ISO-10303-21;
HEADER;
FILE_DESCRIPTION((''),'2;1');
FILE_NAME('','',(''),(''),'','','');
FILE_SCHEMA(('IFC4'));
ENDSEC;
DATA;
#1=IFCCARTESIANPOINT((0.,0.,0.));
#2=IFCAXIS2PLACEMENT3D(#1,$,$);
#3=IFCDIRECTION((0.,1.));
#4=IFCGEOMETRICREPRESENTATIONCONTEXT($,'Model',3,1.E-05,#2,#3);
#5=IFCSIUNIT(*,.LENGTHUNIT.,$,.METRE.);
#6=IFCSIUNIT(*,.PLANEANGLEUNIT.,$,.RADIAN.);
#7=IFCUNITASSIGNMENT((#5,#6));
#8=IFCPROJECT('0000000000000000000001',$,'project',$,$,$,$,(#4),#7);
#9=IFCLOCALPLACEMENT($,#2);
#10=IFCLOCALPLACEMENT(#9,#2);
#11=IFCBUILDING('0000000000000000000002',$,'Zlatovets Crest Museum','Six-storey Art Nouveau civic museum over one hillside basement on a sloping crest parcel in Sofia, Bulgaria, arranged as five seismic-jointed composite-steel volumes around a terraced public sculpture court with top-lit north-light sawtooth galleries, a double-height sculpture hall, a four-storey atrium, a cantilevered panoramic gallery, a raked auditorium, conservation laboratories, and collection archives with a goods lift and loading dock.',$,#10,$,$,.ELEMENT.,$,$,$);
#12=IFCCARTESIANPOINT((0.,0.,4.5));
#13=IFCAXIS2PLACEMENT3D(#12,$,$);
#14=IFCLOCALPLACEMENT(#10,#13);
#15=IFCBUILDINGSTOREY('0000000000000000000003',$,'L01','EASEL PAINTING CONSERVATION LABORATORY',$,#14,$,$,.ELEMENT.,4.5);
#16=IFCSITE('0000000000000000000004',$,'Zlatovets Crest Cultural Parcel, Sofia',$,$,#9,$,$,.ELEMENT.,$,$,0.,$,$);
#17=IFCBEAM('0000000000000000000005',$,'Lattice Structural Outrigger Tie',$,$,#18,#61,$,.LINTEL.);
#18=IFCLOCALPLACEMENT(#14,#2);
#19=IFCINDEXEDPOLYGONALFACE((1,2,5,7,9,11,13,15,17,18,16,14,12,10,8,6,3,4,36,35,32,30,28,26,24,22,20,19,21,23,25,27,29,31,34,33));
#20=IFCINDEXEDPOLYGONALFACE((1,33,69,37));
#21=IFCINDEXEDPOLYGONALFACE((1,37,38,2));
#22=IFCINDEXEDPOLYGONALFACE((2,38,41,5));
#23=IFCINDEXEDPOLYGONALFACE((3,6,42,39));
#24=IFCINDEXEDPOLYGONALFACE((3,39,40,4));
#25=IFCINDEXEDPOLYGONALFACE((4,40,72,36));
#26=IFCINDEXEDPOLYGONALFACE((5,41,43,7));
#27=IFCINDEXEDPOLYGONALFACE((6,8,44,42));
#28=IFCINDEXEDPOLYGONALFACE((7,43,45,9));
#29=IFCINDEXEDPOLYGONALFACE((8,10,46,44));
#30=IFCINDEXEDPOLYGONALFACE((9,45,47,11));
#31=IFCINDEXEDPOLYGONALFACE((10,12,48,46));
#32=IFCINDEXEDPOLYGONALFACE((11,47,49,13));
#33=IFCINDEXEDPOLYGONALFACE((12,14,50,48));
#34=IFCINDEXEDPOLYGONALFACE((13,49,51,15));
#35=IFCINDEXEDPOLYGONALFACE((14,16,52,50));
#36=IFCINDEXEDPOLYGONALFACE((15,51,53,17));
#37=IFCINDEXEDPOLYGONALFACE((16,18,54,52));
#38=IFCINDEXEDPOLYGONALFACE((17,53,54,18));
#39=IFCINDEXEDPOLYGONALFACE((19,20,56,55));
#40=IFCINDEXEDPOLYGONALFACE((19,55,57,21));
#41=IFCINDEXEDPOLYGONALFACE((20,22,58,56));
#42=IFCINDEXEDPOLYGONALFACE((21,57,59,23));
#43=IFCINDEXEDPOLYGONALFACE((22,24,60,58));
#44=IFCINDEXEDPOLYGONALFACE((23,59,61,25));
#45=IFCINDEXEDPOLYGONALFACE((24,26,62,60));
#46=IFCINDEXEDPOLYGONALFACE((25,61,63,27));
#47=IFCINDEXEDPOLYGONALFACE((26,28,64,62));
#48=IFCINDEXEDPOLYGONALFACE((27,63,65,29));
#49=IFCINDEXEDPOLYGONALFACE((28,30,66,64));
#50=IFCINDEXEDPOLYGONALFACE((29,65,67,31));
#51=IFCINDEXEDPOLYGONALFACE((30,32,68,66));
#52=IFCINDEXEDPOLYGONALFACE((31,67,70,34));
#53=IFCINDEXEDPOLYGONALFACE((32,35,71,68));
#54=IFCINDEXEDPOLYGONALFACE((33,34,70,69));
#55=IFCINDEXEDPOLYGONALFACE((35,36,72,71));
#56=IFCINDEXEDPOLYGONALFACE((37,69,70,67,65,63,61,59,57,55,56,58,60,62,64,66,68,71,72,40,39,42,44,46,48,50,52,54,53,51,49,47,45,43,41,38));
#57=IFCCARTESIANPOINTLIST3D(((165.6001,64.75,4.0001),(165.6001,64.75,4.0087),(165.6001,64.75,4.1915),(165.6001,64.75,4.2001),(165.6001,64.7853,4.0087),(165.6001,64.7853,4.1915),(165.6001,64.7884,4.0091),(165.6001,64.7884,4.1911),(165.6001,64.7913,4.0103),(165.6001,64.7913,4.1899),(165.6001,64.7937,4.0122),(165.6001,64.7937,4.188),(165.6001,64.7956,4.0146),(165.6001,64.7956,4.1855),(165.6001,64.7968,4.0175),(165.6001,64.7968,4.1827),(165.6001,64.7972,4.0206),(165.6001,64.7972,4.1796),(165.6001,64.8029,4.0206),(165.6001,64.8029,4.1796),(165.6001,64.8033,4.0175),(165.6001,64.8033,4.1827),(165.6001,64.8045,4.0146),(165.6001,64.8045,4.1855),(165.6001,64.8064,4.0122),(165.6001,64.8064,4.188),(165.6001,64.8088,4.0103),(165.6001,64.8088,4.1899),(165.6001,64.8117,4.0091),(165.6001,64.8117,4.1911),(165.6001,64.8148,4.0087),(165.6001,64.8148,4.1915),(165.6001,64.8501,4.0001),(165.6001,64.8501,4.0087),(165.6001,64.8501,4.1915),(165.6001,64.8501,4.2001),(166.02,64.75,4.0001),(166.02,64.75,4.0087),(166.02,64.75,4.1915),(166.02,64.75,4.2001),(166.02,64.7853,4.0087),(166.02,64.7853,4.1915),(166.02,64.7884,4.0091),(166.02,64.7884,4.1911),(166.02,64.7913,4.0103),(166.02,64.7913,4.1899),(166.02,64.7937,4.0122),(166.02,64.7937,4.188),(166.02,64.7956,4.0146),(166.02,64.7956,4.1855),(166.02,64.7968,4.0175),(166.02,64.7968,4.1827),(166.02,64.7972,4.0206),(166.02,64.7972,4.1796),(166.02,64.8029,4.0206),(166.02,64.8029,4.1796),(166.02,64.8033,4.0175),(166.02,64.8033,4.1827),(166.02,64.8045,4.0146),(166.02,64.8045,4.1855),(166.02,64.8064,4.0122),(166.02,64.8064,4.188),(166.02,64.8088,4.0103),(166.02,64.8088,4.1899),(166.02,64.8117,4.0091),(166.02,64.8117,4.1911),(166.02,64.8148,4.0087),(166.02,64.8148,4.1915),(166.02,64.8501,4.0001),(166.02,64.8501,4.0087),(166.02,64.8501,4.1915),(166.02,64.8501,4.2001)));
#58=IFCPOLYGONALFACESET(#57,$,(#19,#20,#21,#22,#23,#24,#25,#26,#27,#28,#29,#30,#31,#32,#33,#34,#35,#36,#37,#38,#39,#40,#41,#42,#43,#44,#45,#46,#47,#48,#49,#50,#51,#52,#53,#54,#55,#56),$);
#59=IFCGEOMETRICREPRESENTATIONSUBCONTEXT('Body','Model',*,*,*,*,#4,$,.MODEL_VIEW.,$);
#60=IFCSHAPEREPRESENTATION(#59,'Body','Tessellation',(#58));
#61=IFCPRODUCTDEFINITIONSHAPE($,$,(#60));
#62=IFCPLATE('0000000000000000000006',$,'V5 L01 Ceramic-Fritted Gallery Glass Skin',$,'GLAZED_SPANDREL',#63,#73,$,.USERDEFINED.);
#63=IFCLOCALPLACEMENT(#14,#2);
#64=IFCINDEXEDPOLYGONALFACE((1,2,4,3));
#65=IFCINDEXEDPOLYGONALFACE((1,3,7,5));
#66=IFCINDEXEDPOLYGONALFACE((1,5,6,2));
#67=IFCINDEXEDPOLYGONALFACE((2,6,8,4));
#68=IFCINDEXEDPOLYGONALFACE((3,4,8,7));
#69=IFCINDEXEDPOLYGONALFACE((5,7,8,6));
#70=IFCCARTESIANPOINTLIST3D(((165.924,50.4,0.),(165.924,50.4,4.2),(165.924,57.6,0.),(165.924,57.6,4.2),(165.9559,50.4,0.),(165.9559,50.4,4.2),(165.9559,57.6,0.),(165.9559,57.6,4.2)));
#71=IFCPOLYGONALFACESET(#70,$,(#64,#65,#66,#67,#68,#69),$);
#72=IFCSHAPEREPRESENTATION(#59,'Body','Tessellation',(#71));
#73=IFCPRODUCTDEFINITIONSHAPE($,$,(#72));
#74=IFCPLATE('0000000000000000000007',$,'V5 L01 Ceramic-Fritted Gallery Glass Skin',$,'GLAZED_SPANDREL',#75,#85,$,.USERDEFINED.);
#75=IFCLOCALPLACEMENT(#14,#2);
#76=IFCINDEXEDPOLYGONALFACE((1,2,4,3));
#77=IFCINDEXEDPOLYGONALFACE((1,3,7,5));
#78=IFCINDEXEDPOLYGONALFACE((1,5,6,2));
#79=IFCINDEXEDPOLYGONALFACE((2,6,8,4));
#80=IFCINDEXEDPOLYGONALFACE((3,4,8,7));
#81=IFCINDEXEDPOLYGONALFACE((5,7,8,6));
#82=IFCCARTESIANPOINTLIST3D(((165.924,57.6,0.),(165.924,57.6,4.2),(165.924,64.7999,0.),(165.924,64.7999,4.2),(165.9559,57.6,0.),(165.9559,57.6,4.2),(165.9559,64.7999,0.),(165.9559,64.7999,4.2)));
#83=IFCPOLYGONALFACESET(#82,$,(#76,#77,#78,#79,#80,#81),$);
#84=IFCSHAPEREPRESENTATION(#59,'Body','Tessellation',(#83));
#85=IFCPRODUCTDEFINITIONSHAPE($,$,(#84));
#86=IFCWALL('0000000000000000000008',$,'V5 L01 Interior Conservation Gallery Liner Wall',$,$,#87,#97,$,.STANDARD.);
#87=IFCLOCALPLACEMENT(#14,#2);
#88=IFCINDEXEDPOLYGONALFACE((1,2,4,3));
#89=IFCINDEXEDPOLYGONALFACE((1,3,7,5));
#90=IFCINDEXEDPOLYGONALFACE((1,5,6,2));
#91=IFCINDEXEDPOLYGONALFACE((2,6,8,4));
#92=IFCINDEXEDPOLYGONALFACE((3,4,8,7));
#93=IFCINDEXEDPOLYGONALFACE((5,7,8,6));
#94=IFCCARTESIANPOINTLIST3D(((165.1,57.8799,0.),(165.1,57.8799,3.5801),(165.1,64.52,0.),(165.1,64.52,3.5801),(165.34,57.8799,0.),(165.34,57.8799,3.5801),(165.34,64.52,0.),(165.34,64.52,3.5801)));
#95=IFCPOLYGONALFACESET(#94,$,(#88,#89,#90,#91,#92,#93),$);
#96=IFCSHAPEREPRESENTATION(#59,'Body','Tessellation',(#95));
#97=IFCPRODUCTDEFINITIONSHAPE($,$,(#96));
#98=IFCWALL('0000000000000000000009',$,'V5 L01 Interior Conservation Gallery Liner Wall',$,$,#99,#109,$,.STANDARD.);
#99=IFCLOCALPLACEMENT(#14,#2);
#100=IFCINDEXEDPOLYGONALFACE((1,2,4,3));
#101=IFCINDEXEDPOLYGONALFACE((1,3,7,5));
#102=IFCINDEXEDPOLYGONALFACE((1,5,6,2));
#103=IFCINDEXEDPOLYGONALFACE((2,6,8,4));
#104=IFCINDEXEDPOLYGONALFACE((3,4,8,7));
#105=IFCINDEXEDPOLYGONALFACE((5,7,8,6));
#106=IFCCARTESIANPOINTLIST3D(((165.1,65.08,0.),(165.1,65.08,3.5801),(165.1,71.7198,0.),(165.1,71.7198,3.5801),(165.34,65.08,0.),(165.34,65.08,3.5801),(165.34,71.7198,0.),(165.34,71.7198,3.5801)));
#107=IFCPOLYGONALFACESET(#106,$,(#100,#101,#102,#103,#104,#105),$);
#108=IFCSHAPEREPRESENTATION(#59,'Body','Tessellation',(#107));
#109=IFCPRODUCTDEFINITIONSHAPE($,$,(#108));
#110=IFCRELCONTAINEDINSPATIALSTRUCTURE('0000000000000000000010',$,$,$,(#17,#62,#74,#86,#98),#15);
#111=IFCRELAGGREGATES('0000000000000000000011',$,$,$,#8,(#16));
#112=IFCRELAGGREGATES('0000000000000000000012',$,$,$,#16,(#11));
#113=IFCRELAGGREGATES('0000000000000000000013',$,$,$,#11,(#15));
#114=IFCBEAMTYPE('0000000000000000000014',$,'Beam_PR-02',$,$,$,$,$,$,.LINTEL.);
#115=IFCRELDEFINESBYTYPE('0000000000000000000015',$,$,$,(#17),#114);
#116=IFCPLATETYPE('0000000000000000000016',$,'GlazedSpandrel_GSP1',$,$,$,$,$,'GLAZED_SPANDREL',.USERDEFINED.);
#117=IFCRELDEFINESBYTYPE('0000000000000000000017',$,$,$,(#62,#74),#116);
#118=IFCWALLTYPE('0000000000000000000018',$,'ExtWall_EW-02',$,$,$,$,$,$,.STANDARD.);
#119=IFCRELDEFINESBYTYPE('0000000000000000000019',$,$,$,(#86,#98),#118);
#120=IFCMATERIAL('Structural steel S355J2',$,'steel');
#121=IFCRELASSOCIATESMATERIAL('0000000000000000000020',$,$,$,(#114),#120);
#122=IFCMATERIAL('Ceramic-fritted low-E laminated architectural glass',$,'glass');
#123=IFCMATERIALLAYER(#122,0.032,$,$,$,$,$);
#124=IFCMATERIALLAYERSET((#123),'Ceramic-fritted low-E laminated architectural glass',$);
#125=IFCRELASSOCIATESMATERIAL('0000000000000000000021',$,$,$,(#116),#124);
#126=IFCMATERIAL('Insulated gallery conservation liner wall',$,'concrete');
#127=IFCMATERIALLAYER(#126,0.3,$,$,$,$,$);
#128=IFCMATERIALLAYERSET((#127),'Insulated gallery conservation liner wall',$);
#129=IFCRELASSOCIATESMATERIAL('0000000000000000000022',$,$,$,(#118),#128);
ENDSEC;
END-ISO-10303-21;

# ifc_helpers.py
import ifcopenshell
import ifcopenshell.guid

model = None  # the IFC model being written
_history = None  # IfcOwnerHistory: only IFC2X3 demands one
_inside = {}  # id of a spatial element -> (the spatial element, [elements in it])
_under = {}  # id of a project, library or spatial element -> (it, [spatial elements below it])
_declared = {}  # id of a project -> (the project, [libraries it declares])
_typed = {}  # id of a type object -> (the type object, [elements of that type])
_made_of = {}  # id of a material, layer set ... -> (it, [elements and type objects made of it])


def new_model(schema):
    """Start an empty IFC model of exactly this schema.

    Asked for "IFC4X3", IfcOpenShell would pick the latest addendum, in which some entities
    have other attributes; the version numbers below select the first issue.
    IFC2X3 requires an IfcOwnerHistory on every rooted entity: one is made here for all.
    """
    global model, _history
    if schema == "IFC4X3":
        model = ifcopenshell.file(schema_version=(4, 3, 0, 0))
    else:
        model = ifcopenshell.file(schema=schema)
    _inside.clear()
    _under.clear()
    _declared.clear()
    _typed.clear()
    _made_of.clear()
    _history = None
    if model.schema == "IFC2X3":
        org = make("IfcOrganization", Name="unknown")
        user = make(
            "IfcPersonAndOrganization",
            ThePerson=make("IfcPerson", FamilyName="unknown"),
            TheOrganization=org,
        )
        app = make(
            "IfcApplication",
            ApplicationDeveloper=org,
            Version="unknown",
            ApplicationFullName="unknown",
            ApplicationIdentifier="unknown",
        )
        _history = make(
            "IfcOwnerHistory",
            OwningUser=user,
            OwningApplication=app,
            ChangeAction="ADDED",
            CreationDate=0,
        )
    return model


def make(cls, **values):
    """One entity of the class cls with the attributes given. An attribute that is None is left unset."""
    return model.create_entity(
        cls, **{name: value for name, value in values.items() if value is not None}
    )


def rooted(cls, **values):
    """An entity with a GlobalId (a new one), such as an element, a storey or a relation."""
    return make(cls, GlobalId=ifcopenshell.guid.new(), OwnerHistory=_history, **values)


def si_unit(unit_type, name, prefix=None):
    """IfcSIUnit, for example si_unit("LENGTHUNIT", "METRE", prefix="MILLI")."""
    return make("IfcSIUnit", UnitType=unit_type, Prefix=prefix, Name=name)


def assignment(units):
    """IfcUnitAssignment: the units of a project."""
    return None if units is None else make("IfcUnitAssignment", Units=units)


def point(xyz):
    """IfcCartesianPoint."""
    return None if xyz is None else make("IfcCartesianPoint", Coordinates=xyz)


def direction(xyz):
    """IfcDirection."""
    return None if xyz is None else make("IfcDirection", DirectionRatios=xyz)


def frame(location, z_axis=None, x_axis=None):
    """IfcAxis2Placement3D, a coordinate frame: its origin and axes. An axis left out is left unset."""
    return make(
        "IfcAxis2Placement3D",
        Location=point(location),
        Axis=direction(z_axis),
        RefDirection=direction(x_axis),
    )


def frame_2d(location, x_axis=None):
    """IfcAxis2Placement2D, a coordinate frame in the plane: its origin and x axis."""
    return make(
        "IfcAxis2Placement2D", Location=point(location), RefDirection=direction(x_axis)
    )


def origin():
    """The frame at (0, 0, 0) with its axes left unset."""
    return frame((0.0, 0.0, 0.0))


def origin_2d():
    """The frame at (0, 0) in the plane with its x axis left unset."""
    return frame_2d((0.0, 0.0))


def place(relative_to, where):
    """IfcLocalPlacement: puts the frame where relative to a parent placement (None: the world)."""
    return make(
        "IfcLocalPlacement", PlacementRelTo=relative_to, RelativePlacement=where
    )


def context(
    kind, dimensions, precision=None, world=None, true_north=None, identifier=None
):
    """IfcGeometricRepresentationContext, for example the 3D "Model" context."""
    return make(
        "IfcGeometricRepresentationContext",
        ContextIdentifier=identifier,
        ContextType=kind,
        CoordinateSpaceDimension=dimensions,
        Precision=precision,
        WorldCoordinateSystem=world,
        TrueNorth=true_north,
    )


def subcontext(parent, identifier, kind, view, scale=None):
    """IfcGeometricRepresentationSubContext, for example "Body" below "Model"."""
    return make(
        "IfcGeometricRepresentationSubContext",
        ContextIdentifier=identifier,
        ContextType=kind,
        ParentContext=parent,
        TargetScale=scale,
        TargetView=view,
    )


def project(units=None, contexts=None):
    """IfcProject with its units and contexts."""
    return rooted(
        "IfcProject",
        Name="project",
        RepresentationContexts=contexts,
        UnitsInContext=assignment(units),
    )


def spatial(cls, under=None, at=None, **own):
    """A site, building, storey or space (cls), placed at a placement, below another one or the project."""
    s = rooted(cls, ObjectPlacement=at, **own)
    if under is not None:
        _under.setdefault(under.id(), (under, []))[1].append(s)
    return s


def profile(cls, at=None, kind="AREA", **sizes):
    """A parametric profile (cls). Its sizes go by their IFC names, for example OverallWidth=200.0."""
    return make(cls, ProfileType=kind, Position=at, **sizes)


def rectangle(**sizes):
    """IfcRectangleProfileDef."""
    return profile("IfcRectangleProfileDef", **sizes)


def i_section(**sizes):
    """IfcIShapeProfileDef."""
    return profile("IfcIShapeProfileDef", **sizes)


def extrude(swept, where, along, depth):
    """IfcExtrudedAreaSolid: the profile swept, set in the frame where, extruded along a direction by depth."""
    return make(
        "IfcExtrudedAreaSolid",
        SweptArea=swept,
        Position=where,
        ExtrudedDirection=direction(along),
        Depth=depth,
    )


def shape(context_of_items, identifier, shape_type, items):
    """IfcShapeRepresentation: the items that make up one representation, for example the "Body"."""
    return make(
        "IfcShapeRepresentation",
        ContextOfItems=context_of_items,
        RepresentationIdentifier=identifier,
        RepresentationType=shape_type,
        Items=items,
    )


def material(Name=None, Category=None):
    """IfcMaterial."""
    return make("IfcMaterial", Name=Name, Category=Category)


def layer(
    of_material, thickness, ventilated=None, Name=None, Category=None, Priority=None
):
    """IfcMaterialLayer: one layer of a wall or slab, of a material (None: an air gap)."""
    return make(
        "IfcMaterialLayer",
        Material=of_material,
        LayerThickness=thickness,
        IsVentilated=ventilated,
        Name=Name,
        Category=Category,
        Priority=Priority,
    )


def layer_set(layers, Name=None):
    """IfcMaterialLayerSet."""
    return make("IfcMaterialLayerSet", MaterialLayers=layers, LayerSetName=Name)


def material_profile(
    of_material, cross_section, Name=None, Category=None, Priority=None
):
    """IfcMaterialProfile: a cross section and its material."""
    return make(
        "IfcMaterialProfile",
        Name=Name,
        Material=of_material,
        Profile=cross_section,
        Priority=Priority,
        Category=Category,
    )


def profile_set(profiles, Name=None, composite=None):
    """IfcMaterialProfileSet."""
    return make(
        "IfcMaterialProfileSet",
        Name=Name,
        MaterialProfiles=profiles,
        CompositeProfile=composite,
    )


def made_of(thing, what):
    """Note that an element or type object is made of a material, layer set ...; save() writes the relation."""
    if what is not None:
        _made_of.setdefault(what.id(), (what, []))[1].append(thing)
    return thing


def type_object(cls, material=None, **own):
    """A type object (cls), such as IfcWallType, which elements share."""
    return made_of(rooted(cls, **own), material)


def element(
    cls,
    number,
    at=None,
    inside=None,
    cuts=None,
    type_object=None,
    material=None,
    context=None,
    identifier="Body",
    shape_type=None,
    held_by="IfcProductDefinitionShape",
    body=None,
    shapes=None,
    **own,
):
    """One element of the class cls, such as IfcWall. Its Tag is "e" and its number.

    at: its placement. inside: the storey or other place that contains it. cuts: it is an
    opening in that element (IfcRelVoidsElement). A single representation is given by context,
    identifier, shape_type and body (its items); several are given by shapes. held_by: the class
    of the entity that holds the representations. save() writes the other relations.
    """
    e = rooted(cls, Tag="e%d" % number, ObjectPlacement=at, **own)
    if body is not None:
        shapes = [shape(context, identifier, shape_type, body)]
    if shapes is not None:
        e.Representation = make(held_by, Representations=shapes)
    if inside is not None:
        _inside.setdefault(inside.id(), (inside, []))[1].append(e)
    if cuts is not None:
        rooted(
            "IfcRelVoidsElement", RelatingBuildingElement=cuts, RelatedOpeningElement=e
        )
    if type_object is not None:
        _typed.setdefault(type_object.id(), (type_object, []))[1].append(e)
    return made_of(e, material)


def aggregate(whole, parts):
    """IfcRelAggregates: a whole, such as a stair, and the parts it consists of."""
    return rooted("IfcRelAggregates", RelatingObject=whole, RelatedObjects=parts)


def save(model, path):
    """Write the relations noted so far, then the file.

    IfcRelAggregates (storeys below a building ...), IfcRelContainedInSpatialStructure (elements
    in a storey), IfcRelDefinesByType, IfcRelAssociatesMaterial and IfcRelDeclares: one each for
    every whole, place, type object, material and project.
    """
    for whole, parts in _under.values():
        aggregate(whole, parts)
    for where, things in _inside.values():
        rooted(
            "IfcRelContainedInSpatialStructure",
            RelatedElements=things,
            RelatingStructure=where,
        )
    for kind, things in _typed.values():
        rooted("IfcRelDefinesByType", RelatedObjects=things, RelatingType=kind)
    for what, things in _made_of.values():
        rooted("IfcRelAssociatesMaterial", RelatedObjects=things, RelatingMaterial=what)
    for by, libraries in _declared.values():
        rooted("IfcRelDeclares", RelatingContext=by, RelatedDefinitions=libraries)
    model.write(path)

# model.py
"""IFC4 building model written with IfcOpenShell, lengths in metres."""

from ifc_helpers import new_model, si_unit, direction, frame, frame_2d, origin, origin_2d, place, context, subcontext, project, spatial, rectangle, i_section, extrude, material, layer, layer_set, material_profile, profile_set, type_object, element, save


model = new_model("IFC4")

# Units and contexts
model_context = context("Model", 3, precision=1e-05, world=origin(), true_north=direction((0.0, 1.0)))
body_context = subcontext(model_context, "Body", "Model", "MODEL_VIEW")
ifc_project = project(units=[si_unit("LENGTHUNIT", "METRE"), si_unit("PLANEANGLEUNIT", "RADIAN")], contexts=[model_context])

# Site, building, storey
site_placement = place(None, origin())
site = spatial("IfcSite", under=ifc_project, at=site_placement, Name="Zlatovets Crest Cultural Parcel, Sofia", CompositionType="ELEMENT", RefElevation=0.0)
building_placement = place(site_placement, origin())
building = spatial("IfcBuilding", under=site, at=building_placement, Name="Zlatovets Crest Museum", Description="Six-storey Art Nouveau civic museum over one hillside basement on a sloping crest parcel in Sofia, Bulgaria, arranged as five seismic-jointed composite-steel volumes around a terraced public sculpture court with top-lit north-light sawtooth galleries, a double-height sculpture hall, a four-storey atrium, a cantilevered panoramic gallery, a raked auditorium, conservation laboratories, and collection archives with a goods lift and loading dock.", CompositionType="ELEMENT")
storey_placement = place(building_placement, frame((0.0, 0.0, 4.5)))
storey = spatial("IfcBuildingStorey", under=building, at=storey_placement, Name="L01", Description="EASEL PAINTING CONSERVATION LABORATORY", CompositionType="ELEMENT", Elevation=4.5)

# Shared definitions
ifc_material_1 = material(Name="Structural steel S355J2", Category="steel")

# Beam
ifc_material_profile_1 = material_profile(ifc_material_1, i_section(OverallWidth=0.1001, OverallDepth=0.2, WebThickness=0.0056, FlangeThickness=0.0085, FilletRadius=0.012, at=origin_2d()), Name="IPE 200")
ifc_profile_set_1 = profile_set([ifc_material_profile_1], Name="Structural steel S355J2")
beam_type_1 = type_object("IfcBeamType", Name="Beam_PR-02", PredefinedType="LINTEL", material=ifc_profile_set_1)
for number, where, z_axis, x_axis, name in (
    (1, (165.6001, 64.8, 4.1001), (1.0, 0.0, 0.0), (0.0, 1.0, 0.0), "Lattice Structural Outrigger Tie"),
):
    element("IfcBeam", number, at=place(storey_placement, frame(where, z_axis=z_axis, x_axis=x_axis)), inside=storey, type_object=beam_type_1, Name=name, PredefinedType="LINTEL", context=body_context, shape_type="SweptSolid", body=[
        extrude(i_section(OverallWidth=0.1001, OverallDepth=0.2, WebThickness=0.0056, FlangeThickness=0.0085, FilletRadius=0.012, at=origin_2d()), origin(), (0.0, 0.0, 1.0), 0.4199),
    ])

# Plates
ifc_material_2 = material(Name="Ceramic-fritted low-E laminated architectural glass", Category="glass")
ifc_layer_1 = layer(ifc_material_2, 0.032)
ifc_layer_set_1 = layer_set([ifc_layer_1], Name="Ceramic-fritted low-E laminated architectural glass")
plate_type = type_object("IfcPlateType", Name="GlazedSpandrel_GSP1", ElementType="GLAZED_SPANDREL", PredefinedType="USERDEFINED", material=ifc_layer_set_1)
for number, where, z_axis, x_axis, name in (
    (2, (165.9399, 54.0, 0.0), (0.0, 0.0, 1.0), (0.0, 1.0, 0.0), "V5 L01 Ceramic-Fritted Gallery Glass Skin"),
    (3, (165.9399, 61.2, 0.0), (0.0, 0.0, 1.0), (0.0, 1.0, 0.0), "V5 L01 Ceramic-Fritted Gallery Glass Skin"),
):
    element("IfcPlate", number, at=place(storey_placement, frame(where, z_axis=z_axis, x_axis=x_axis)), inside=storey, type_object=plate_type, Name=name, ObjectType="GLAZED_SPANDREL", PredefinedType="USERDEFINED", context=body_context, shape_type="SweptSolid", body=[
        extrude(rectangle(XDim=7.2, YDim=0.032, at=origin_2d()), origin(), (0.0, 0.0, 1.0), 4.2),
    ])

# Walls
ifc_material_3 = material(Name="Insulated gallery conservation liner wall", Category="concrete")
ifc_layer_2 = layer(ifc_material_3, 0.3)
ifc_layer_set_2 = layer_set([ifc_layer_2], Name="Insulated gallery conservation liner wall")
wall_type = type_object("IfcWallType", Name="ExtWall_EW-02", PredefinedType="STANDARD", material=ifc_layer_set_2)
wall_1_placement = place(storey_placement, frame((165.22, 57.8799, 0.0), z_axis=(0.0, 0.0, 1.0), x_axis=(0.0, 1.0, 0.0)))
element("IfcWall", 4, at=wall_1_placement, inside=storey, type_object=wall_type, Name="V5 L01 Interior Conservation Gallery Liner Wall", PredefinedType="STANDARD", context=body_context, shape_type="SweptSolid", body=[
    extrude(rectangle(XDim=6.6401, YDim=0.24, at=frame_2d((3.3201, 0.0))), origin(), (0.0, 0.0, 1.0), 3.5801),
])
wall_2_placement = place(storey_placement, frame((165.22, 65.0801, 0.0), z_axis=(0.0, 0.0, 1.0), x_axis=(0.0, 1.0, 0.0)))
element("IfcWall", 5, at=wall_2_placement, inside=storey, type_object=wall_type, Name="V5 L01 Interior Conservation Gallery Liner Wall", PredefinedType="STANDARD", context=body_context, shape_type="SweptSolid", body=[
    extrude(rectangle(XDim=6.6399, YDim=0.24, at=frame_2d((3.3198, 0.0))), origin(), (0.0, 0.0, 1.0), 3.5801),
])

save(model, "model.ifc")
